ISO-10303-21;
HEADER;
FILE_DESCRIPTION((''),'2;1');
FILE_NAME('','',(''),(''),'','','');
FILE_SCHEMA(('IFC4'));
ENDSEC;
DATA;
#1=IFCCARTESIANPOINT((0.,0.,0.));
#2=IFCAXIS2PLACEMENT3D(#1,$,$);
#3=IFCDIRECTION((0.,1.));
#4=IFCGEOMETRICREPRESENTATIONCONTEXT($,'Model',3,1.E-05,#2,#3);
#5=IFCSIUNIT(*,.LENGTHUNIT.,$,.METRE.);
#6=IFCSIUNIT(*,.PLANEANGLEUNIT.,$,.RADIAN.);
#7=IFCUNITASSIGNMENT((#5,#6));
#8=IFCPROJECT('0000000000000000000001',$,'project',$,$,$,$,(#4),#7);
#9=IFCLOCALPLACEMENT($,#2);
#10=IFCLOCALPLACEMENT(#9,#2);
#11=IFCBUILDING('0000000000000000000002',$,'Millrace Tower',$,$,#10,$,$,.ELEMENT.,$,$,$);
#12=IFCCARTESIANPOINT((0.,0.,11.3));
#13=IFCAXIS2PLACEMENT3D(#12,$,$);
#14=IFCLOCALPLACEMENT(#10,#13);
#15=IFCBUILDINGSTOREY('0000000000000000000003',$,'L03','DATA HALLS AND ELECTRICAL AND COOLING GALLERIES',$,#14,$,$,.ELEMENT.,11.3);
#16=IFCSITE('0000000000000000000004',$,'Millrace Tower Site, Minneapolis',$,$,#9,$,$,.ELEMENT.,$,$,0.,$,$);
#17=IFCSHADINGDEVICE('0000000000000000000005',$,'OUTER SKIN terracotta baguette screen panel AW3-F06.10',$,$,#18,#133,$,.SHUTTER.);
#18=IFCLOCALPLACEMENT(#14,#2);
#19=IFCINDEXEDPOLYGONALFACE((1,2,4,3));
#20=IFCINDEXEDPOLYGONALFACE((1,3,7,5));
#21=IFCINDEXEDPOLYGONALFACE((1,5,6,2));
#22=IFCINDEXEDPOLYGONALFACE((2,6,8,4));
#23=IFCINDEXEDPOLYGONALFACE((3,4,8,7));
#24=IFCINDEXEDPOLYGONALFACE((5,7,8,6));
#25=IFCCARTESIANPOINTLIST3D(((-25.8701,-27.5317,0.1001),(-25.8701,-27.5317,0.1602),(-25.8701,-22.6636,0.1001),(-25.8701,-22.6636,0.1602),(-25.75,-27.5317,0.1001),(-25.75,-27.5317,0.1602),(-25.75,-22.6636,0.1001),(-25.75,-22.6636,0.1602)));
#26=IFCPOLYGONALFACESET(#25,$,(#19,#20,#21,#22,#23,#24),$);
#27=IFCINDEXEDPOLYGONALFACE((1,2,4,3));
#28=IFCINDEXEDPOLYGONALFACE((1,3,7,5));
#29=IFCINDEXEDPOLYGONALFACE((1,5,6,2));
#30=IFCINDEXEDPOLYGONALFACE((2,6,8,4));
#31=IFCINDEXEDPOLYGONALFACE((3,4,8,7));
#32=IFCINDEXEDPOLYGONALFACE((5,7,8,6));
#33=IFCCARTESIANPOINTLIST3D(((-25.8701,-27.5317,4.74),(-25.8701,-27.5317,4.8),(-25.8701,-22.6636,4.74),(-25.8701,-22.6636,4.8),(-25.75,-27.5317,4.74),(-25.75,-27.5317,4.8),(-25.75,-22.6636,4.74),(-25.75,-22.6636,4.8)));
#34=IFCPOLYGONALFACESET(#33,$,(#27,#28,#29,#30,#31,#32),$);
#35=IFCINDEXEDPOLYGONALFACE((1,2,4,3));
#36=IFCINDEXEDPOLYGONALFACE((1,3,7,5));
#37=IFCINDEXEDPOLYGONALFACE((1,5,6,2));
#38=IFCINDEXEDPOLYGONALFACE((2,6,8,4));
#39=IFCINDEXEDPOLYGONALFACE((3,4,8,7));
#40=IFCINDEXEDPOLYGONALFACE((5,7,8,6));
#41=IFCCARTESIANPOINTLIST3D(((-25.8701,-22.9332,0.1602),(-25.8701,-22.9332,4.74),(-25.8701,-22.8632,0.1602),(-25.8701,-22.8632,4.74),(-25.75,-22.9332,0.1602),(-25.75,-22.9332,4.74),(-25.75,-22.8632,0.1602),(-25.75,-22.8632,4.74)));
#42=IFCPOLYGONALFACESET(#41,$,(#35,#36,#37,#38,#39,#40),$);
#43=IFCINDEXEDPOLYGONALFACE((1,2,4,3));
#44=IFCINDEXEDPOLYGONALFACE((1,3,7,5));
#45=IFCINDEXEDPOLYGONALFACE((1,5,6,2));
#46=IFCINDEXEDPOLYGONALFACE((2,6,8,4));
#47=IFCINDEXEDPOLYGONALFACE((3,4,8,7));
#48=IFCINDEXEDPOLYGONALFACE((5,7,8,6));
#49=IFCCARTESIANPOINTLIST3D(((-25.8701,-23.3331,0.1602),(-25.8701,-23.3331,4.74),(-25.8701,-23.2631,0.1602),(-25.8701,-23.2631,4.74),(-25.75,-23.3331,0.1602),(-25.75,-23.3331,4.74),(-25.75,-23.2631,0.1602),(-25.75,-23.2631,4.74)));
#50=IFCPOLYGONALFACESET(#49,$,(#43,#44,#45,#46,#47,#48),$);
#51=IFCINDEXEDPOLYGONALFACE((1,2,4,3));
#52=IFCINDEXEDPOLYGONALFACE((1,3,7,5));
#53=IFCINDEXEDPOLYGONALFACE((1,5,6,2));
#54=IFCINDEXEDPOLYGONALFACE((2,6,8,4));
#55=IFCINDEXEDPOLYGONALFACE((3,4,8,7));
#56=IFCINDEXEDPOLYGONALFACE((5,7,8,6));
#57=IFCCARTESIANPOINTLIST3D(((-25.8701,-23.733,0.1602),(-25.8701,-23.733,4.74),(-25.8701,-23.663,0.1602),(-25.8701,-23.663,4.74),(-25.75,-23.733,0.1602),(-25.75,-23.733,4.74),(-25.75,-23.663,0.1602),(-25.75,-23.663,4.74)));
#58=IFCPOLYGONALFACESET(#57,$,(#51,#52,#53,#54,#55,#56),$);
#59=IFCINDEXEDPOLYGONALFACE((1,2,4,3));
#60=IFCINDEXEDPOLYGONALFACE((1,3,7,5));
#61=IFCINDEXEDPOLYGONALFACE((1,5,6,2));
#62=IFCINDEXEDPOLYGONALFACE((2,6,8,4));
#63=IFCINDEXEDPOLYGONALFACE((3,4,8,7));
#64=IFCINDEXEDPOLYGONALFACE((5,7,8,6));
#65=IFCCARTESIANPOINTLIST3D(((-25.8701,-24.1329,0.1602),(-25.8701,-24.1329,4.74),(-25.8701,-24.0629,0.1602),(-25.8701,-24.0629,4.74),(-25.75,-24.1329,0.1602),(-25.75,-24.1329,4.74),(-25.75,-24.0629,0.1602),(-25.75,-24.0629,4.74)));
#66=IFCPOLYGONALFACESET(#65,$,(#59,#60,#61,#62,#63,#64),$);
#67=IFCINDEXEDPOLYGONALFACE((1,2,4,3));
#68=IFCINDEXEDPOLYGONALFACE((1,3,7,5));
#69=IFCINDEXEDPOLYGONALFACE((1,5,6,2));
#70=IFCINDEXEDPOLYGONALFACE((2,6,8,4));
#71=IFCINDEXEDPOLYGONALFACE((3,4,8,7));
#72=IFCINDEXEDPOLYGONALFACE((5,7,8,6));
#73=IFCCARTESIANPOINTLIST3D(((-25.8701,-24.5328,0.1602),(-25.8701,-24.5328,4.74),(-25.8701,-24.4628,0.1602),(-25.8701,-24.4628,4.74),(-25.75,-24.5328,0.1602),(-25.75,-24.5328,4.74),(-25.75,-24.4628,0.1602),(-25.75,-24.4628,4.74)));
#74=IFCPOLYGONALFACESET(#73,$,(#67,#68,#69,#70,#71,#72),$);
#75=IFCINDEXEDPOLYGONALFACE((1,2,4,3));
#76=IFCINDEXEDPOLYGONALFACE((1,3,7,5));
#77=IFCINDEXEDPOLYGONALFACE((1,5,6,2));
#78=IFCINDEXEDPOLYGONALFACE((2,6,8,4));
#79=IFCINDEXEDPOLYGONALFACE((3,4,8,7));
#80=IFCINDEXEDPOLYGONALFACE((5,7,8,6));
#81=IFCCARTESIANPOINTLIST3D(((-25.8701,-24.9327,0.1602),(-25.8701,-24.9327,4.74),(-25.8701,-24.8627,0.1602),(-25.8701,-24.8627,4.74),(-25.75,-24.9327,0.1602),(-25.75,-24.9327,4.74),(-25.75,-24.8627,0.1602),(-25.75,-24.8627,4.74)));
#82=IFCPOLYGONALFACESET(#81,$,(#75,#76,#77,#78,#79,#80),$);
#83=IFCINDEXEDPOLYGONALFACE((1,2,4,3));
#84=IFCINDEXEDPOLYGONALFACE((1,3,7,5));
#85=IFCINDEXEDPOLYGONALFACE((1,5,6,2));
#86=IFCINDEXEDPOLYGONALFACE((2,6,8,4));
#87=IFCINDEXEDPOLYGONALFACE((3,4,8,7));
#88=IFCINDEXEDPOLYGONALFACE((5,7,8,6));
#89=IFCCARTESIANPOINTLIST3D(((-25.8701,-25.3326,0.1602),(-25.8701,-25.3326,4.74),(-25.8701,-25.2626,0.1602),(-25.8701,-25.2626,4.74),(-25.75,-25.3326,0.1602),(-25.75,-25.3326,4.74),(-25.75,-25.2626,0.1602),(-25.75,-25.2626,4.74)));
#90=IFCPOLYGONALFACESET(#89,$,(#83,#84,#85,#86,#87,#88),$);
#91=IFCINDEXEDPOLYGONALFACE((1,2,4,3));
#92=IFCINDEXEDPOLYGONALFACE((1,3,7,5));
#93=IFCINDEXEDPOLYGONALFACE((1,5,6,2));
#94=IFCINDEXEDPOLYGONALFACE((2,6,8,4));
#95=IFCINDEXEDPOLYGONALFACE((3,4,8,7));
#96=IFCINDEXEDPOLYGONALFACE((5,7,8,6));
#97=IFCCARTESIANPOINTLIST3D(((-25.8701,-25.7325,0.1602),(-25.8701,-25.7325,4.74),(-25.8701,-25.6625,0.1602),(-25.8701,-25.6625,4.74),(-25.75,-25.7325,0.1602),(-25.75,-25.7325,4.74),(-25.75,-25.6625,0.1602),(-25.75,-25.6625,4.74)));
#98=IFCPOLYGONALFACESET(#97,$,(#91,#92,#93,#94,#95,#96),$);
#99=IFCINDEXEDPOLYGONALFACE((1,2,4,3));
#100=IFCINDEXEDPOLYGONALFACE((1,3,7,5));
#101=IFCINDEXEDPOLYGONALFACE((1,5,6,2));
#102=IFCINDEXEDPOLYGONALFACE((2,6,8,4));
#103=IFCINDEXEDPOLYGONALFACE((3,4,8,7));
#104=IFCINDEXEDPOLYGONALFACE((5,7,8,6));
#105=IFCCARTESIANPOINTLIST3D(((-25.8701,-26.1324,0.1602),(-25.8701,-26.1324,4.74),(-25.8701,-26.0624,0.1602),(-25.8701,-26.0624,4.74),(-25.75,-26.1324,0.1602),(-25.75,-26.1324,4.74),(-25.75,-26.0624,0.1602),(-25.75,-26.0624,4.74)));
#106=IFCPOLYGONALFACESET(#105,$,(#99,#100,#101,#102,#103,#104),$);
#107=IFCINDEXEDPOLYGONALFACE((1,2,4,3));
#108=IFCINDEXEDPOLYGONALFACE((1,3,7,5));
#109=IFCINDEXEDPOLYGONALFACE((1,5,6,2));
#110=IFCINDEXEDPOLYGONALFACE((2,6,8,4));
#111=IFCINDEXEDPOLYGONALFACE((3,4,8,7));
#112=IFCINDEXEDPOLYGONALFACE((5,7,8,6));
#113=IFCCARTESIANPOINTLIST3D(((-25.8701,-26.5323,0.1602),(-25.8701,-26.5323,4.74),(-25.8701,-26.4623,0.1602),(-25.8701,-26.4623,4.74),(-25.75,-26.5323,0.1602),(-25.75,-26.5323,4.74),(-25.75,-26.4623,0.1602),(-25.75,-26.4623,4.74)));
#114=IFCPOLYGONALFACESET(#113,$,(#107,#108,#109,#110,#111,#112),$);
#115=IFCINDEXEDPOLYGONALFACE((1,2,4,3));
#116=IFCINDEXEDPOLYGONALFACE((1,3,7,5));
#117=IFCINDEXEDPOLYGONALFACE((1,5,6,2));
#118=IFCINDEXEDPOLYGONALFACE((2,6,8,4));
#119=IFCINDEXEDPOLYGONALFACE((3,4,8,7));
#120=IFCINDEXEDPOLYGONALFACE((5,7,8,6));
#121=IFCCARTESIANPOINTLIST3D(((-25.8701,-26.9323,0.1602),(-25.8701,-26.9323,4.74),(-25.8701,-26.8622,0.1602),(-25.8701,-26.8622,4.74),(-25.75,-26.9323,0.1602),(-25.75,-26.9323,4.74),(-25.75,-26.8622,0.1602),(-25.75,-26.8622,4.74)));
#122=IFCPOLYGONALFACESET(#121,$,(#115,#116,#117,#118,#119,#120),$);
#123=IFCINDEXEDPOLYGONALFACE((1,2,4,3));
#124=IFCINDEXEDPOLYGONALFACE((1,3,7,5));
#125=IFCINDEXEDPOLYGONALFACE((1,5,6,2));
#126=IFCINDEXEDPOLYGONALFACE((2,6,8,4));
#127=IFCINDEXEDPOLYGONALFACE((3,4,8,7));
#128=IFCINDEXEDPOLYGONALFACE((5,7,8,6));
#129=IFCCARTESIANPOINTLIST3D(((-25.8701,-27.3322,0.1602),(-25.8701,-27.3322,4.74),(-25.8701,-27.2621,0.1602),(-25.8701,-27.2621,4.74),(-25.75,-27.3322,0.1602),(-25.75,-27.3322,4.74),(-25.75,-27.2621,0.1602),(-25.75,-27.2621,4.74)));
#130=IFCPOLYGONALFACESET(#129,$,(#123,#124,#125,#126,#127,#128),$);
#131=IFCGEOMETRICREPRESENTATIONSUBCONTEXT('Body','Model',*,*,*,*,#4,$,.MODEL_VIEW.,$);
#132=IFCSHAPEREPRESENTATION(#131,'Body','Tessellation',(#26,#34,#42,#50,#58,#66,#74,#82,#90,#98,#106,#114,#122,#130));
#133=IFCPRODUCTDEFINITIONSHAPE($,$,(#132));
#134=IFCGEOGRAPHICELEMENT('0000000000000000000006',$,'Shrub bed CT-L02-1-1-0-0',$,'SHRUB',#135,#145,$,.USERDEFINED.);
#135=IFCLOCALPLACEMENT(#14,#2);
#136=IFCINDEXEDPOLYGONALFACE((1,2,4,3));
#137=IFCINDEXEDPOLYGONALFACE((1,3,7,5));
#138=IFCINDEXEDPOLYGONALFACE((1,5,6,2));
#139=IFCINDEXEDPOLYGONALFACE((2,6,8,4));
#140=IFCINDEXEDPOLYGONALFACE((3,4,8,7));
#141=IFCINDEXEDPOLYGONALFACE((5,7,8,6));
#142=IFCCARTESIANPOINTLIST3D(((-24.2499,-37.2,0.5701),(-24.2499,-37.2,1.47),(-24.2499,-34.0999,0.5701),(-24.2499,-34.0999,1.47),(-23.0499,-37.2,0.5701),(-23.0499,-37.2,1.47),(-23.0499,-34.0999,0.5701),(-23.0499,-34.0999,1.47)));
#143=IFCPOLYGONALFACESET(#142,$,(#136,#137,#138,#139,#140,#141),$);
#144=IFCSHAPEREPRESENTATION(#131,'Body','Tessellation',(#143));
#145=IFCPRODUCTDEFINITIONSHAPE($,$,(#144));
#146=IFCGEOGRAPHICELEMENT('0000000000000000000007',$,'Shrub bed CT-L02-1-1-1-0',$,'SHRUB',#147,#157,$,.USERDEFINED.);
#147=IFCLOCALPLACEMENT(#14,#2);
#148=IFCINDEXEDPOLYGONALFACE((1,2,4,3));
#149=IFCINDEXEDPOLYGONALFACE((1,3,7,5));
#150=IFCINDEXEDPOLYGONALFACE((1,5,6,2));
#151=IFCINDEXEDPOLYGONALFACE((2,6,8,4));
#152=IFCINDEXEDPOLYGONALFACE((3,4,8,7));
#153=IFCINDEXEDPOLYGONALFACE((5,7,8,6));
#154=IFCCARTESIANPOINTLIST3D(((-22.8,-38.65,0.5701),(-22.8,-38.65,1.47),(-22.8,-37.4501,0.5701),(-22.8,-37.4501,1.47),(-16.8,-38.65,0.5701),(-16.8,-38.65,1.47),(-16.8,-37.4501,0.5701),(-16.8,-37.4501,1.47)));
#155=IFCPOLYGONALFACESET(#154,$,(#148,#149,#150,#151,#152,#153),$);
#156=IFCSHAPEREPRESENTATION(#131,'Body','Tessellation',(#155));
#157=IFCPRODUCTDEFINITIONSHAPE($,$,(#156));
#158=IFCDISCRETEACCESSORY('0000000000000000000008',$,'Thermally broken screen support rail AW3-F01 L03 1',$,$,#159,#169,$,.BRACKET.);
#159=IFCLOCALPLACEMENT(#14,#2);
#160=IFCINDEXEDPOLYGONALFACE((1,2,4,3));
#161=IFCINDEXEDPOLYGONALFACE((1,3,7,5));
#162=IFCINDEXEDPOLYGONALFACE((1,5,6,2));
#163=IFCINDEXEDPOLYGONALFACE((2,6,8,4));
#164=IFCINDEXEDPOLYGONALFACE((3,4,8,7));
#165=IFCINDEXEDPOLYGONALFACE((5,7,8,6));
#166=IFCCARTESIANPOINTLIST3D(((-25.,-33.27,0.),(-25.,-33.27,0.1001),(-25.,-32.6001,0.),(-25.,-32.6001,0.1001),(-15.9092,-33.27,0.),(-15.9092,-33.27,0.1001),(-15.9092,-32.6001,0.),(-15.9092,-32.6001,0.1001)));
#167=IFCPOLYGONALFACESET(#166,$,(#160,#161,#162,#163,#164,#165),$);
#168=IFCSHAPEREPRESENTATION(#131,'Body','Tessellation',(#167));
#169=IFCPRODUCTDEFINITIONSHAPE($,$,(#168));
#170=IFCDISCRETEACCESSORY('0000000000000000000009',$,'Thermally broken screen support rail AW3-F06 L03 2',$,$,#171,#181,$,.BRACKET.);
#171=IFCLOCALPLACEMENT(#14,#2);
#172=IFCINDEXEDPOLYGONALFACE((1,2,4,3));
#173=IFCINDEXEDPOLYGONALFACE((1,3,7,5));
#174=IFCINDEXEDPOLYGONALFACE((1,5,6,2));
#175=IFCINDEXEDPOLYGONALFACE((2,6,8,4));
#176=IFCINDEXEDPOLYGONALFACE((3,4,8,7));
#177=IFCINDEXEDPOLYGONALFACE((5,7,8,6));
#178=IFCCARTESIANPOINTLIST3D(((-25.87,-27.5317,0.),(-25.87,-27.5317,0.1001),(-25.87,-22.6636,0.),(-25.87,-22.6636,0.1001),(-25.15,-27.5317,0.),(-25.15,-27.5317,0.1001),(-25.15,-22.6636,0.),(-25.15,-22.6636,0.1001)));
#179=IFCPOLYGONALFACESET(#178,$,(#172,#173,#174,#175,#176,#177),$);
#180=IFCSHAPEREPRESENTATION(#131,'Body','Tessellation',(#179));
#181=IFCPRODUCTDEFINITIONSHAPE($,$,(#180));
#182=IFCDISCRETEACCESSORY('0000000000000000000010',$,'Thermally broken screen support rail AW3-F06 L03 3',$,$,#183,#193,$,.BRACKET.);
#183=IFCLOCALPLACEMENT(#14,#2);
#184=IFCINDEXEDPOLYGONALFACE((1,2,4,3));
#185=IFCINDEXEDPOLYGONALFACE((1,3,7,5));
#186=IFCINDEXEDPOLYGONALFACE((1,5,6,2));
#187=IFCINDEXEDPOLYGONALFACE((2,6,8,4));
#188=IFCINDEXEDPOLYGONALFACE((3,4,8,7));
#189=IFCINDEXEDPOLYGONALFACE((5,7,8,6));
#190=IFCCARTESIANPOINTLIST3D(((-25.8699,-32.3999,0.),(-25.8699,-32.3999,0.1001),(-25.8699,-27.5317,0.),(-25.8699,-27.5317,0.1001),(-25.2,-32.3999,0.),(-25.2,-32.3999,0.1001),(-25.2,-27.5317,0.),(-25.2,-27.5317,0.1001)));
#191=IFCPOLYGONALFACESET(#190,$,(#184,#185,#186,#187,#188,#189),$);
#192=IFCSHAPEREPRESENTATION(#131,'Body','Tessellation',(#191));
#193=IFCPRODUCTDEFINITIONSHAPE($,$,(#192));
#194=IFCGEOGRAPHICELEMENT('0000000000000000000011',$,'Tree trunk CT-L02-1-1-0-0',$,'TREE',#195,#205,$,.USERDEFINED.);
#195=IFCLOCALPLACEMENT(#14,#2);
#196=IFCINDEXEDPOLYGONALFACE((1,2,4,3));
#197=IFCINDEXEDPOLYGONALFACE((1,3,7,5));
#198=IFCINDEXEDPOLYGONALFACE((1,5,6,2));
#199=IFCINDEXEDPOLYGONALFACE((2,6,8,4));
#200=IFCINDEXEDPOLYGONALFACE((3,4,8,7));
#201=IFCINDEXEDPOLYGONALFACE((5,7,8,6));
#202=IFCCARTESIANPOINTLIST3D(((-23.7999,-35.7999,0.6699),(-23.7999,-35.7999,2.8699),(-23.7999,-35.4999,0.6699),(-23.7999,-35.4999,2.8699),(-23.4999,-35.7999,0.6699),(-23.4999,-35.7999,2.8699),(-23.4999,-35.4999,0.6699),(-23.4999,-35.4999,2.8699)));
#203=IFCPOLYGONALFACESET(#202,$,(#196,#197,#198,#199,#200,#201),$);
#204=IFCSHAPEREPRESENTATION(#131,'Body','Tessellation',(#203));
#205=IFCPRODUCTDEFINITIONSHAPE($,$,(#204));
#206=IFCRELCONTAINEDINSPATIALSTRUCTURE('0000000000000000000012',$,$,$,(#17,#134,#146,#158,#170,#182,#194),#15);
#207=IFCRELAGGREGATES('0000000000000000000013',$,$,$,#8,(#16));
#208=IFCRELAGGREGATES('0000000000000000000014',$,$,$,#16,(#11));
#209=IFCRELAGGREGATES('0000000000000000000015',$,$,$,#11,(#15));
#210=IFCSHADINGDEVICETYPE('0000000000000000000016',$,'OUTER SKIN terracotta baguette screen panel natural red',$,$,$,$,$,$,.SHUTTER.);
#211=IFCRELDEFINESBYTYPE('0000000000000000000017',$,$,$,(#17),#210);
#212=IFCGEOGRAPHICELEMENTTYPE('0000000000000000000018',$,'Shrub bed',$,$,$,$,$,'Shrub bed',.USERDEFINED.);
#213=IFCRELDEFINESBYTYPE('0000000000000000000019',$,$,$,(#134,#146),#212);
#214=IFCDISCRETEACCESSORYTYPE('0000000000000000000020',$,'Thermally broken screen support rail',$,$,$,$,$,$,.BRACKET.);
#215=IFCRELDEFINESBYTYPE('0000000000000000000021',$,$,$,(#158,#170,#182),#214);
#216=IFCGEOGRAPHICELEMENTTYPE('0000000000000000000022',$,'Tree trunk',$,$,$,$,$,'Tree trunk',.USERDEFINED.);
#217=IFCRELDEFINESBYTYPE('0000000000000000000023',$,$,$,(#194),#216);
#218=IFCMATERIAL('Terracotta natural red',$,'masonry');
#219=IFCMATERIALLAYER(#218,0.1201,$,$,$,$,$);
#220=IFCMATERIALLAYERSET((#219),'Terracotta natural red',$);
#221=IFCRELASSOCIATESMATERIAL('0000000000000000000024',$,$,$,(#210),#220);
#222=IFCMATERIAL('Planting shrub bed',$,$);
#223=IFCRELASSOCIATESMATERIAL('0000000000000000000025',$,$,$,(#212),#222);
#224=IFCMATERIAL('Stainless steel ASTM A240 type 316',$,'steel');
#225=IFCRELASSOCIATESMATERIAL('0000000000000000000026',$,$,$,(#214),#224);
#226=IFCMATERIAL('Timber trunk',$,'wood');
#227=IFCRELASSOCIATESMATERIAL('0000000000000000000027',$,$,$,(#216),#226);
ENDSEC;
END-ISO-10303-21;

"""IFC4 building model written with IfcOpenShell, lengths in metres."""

from ifc_helpers import new_model, entity, si_unit, direction, frame, frame_2d, origin, origin_2d, place, context, subcontext, project, spatial, rectangle, extrude, source, transform, mapped, material, layer, layer_set, type_object, element, save


model = new_model("IFC4")

# Units and contexts
model_context = context("Model", 3, precision=1e-05, world=origin(), true_north=direction((0.0, 1.0)))
body_context = subcontext(model_context, "Body", "Model", "MODEL_VIEW")
ifc_project = project(units=[si_unit("LENGTHUNIT", "METRE"), si_unit("PLANEANGLEUNIT", "RADIAN")], contexts=[model_context])

# Site, building, storey
site_placement = place(None, origin())
site = spatial("IfcSite", under=ifc_project, at=site_placement, Name="Millrace Tower Site, Minneapolis", CompositionType="ELEMENT", RefElevation=0.0)
building_placement = place(site_placement, origin())
building = spatial("IfcBuilding", under=site, at=building_placement, Name="Millrace Tower", CompositionType="ELEMENT")
storey_placement = place(building_placement, frame((0.0, 0.0, 11.3)))
storey = spatial("IfcBuildingStorey", under=building, at=storey_placement, Name="L03", Description="DATA HALLS AND ELECTRICAL AND COOLING GALLERIES", CompositionType="ELEMENT", Elevation=11.3)

# Shading device
ifc_material_1 = material(Name="Terracotta natural red", Category="masonry")
ifc_layer_1 = layer(ifc_material_1, 0.1201)
ifc_layer_set_1 = layer_set([ifc_layer_1], Name="Terracotta natural red")
shading_device_type_1 = type_object("IfcShadingDeviceType", Name="OUTER SKIN terracotta baguette screen panel natural red", PredefinedType="SHUTTER", material=ifc_layer_set_1)
cartesian_point_1 = entity("IfcCartesianPoint", [-2.4341, 0.0601])
shared_polyline_1 = entity("IfcPolyline", [cartesian_point_1, entity("IfcCartesianPoint", [2.4341, 0.0601]), entity("IfcCartesianPoint", [2.4341, -0.0601]), entity("IfcCartesianPoint", [-2.4341, -0.0601]), cartesian_point_1])
shared_shape_1 = source(origin(), body_context, "Body", "SweptSolid", [
    entity("IfcExtrudedAreaSolid", entity("IfcArbitraryClosedProfileDef", "AREA", None, shared_polyline_1), entity("IfcAxis2Placement3D", entity("IfcCartesianPoint", [0.0, 0.0, 0.0])), entity("IfcDirection", [0.0, 0.0, 1.0]), 0.0601),
    entity("IfcExtrudedAreaSolid", entity("IfcArbitraryClosedProfileDef", "AREA", None, shared_polyline_1), entity("IfcAxis2Placement3D", entity("IfcCartesianPoint", [0.0, 0.0, 4.6399])), entity("IfcDirection", [0.0, 0.0, 1.0]), 0.0601),
    extrude(rectangle(XDim=0.0701, YDim=0.1201, at=frame_2d((-2.1995, 0.0))), frame((0.0, 0.0, 0.0601)), (0.0, 0.0, 1.0), 4.5798),
    extrude(rectangle(XDim=0.0701, YDim=0.1201, at=frame_2d((-1.7996, 0.0))), frame((0.0, 0.0, 0.0601)), (0.0, 0.0, 1.0), 4.5798),
    extrude(rectangle(XDim=0.0701, YDim=0.1201, at=frame_2d((-1.3997, 0.0))), frame((0.0, 0.0, 0.0601)), (0.0, 0.0, 1.0), 4.5798),
    extrude(rectangle(XDim=0.0701, YDim=0.1201, at=frame_2d((-0.9998, 0.0))), frame((0.0, 0.0, 0.0601)), (0.0, 0.0, 1.0), 4.5798),
    extrude(rectangle(XDim=0.0701, YDim=0.1201, at=frame_2d((-0.5999, 0.0))), frame((0.0, 0.0, 0.0601)), (0.0, 0.0, 1.0), 4.5798),
    extrude(rectangle(XDim=0.0701, YDim=0.1201, at=frame_2d((-0.2, 0.0))), frame((0.0, 0.0, 0.0601)), (0.0, 0.0, 1.0), 4.5798),
    extrude(rectangle(XDim=0.0701, YDim=0.1201, at=frame_2d((0.2, 0.0))), frame((0.0, 0.0, 0.0601)), (0.0, 0.0, 1.0), 4.5798),
    extrude(rectangle(XDim=0.0701, YDim=0.1201, at=frame_2d((0.5999, 0.0))), frame((0.0, 0.0, 0.0601)), (0.0, 0.0, 1.0), 4.5798),
    extrude(rectangle(XDim=0.0701, YDim=0.1201, at=frame_2d((0.9998, 0.0))), frame((0.0, 0.0, 0.0601)), (0.0, 0.0, 1.0), 4.5798),
    extrude(rectangle(XDim=0.0701, YDim=0.1201, at=frame_2d((1.3997, 0.0))), frame((0.0, 0.0, 0.0601)), (0.0, 0.0, 1.0), 4.5798),
    extrude(rectangle(XDim=0.0701, YDim=0.1201, at=frame_2d((1.7996, 0.0))), frame((0.0, 0.0, 0.0601)), (0.0, 0.0, 1.0), 4.5798),
    extrude(rectangle(XDim=0.0701, YDim=0.1201, at=frame_2d((2.1995, 0.0))), frame((0.0, 0.0, 0.0601)), (0.0, 0.0, 1.0), 4.5798),
])
shading_device_1_placement = place(storey_placement, frame((-25.8101, -25.0977, 0.1001), z_axis=(0.0, 0.0, 1.0), x_axis=(0.0, -1.0, 0.0)))
element("IfcShadingDevice", 1, at=shading_device_1_placement, inside=storey, type_object=shading_device_type_1, Name="OUTER SKIN terracotta baguette screen panel AW3-F06.10", PredefinedType="SHUTTER", context=body_context, shape_type="MappedRepresentation", body=[
    mapped(shared_shape_1, transform((0.0, 0.0, 0.0), scale=1.0)),
])

# Geographic elements
ifc_material_2 = material(Name="Planting shrub bed")
geographic_element_type_1 = type_object("IfcGeographicElementType", Name="Shrub bed", ElementType="Shrub bed", PredefinedType="USERDEFINED", material=ifc_material_2)
geographic_element_1_placement = place(storey_placement, frame((-23.6499, -35.6499, 0.5701), z_axis=(0.0, 0.0, 1.0), x_axis=(0.0, -1.0, 0.0)))
element("IfcGeographicElement", 2, at=geographic_element_1_placement, inside=storey, type_object=geographic_element_type_1, Name="Shrub bed CT-L02-1-1-0-0", ObjectType="SHRUB", PredefinedType="USERDEFINED", context=body_context, shape_type="SweptSolid", body=[
    extrude(rectangle(XDim=3.1001, YDim=1.2, at=origin_2d()), origin(), (0.0, 0.0, 1.0), 0.8999),
])
geographic_element_2_placement = place(storey_placement, frame((-19.8, -38.05, 0.5701), z_axis=(0.0, 0.0, 1.0), x_axis=(1.0, 0.0, 0.0)))
element("IfcGeographicElement", 3, at=geographic_element_2_placement, inside=storey, type_object=geographic_element_type_1, Name="Shrub bed CT-L02-1-1-1-0", ObjectType="SHRUB", PredefinedType="USERDEFINED", context=body_context, shape_type="SweptSolid", body=[
    extrude(rectangle(XDim=6.0, YDim=1.2, at=origin_2d()), origin(), (0.0, 0.0, 1.0), 0.8999),
])

# Discrete accessories
ifc_material_3 = material(Name="Stainless steel ASTM A240 type 316", Category="steel")
discrete_accessory_type = type_object("IfcDiscreteAccessoryType", Name="Thermally broken screen support rail", PredefinedType="BRACKET", material=ifc_material_3)
discrete_accessory_1_placement = place(storey_placement, frame((-20.4546, -32.9351, 0.0), z_axis=(0.0, 0.0, 1.0), x_axis=(1.0, 0.0, 0.0)))
element("IfcDiscreteAccessory", 4, at=discrete_accessory_1_placement, inside=storey, type_object=discrete_accessory_type, Name="Thermally broken screen support rail AW3-F01 L03 1", PredefinedType="BRACKET", context=body_context, shape_type="SweptSolid", body=[
    extrude(rectangle(XDim=9.0908, YDim=0.6699, at=origin_2d()), origin(), (0.0, 0.0, 1.0), 0.1001),
])
discrete_accessory_2_placement = place(storey_placement, frame((-25.51, -25.0977, 0.0), z_axis=(0.0, 0.0, 1.0), x_axis=(0.0, -1.0, 0.0)))
element("IfcDiscreteAccessory", 5, at=discrete_accessory_2_placement, inside=storey, type_object=discrete_accessory_type, Name="Thermally broken screen support rail AW3-F06 L03 2", PredefinedType="BRACKET", context=body_context, shape_type="SweptSolid", body=[
    extrude(rectangle(XDim=4.8682, YDim=0.72, at=origin_2d()), origin(), (0.0, 0.0, 1.0), 0.1001),
])
discrete_accessory_3_placement = place(storey_placement, frame((-25.5349, -29.9658, 0.0), z_axis=(0.0, 0.0, 1.0), x_axis=(0.0, -1.0, 0.0)))
element("IfcDiscreteAccessory", 6, at=discrete_accessory_3_placement, inside=storey, type_object=discrete_accessory_type, Name="Thermally broken screen support rail AW3-F06 L03 3", PredefinedType="BRACKET", context=body_context, shape_type="SweptSolid", body=[
    extrude(rectangle(XDim=4.8682, YDim=0.6699, at=origin_2d()), origin(), (0.0, 0.0, 1.0), 0.1001),
])

# Geographic element
ifc_material_4 = material(Name="Timber trunk", Category="wood")
geographic_element_type_2 = type_object("IfcGeographicElementType", Name="Tree trunk", ElementType="Tree trunk", PredefinedType="USERDEFINED", material=ifc_material_4)
for number, where, z_axis, x_axis, name in (
    (7, (-23.6499, -35.6499, 0.6699), (0.0, 0.0, 1.0), (1.0, 0.0, 0.0), "Tree trunk CT-L02-1-1-0-0"),
):
    element("IfcGeographicElement", number, at=place(storey_placement, frame(where, z_axis=z_axis, x_axis=x_axis)), inside=storey, type_object=geographic_element_type_2, Name=name, ObjectType="TREE", PredefinedType="USERDEFINED", context=body_context, shape_type="SweptSolid", body=[
        extrude(rectangle(XDim=0.3, YDim=0.3, at=origin_2d()), origin(), (0.0, 0.0, 1.0), 2.2),
    ])

save(model, "model.ifc")
